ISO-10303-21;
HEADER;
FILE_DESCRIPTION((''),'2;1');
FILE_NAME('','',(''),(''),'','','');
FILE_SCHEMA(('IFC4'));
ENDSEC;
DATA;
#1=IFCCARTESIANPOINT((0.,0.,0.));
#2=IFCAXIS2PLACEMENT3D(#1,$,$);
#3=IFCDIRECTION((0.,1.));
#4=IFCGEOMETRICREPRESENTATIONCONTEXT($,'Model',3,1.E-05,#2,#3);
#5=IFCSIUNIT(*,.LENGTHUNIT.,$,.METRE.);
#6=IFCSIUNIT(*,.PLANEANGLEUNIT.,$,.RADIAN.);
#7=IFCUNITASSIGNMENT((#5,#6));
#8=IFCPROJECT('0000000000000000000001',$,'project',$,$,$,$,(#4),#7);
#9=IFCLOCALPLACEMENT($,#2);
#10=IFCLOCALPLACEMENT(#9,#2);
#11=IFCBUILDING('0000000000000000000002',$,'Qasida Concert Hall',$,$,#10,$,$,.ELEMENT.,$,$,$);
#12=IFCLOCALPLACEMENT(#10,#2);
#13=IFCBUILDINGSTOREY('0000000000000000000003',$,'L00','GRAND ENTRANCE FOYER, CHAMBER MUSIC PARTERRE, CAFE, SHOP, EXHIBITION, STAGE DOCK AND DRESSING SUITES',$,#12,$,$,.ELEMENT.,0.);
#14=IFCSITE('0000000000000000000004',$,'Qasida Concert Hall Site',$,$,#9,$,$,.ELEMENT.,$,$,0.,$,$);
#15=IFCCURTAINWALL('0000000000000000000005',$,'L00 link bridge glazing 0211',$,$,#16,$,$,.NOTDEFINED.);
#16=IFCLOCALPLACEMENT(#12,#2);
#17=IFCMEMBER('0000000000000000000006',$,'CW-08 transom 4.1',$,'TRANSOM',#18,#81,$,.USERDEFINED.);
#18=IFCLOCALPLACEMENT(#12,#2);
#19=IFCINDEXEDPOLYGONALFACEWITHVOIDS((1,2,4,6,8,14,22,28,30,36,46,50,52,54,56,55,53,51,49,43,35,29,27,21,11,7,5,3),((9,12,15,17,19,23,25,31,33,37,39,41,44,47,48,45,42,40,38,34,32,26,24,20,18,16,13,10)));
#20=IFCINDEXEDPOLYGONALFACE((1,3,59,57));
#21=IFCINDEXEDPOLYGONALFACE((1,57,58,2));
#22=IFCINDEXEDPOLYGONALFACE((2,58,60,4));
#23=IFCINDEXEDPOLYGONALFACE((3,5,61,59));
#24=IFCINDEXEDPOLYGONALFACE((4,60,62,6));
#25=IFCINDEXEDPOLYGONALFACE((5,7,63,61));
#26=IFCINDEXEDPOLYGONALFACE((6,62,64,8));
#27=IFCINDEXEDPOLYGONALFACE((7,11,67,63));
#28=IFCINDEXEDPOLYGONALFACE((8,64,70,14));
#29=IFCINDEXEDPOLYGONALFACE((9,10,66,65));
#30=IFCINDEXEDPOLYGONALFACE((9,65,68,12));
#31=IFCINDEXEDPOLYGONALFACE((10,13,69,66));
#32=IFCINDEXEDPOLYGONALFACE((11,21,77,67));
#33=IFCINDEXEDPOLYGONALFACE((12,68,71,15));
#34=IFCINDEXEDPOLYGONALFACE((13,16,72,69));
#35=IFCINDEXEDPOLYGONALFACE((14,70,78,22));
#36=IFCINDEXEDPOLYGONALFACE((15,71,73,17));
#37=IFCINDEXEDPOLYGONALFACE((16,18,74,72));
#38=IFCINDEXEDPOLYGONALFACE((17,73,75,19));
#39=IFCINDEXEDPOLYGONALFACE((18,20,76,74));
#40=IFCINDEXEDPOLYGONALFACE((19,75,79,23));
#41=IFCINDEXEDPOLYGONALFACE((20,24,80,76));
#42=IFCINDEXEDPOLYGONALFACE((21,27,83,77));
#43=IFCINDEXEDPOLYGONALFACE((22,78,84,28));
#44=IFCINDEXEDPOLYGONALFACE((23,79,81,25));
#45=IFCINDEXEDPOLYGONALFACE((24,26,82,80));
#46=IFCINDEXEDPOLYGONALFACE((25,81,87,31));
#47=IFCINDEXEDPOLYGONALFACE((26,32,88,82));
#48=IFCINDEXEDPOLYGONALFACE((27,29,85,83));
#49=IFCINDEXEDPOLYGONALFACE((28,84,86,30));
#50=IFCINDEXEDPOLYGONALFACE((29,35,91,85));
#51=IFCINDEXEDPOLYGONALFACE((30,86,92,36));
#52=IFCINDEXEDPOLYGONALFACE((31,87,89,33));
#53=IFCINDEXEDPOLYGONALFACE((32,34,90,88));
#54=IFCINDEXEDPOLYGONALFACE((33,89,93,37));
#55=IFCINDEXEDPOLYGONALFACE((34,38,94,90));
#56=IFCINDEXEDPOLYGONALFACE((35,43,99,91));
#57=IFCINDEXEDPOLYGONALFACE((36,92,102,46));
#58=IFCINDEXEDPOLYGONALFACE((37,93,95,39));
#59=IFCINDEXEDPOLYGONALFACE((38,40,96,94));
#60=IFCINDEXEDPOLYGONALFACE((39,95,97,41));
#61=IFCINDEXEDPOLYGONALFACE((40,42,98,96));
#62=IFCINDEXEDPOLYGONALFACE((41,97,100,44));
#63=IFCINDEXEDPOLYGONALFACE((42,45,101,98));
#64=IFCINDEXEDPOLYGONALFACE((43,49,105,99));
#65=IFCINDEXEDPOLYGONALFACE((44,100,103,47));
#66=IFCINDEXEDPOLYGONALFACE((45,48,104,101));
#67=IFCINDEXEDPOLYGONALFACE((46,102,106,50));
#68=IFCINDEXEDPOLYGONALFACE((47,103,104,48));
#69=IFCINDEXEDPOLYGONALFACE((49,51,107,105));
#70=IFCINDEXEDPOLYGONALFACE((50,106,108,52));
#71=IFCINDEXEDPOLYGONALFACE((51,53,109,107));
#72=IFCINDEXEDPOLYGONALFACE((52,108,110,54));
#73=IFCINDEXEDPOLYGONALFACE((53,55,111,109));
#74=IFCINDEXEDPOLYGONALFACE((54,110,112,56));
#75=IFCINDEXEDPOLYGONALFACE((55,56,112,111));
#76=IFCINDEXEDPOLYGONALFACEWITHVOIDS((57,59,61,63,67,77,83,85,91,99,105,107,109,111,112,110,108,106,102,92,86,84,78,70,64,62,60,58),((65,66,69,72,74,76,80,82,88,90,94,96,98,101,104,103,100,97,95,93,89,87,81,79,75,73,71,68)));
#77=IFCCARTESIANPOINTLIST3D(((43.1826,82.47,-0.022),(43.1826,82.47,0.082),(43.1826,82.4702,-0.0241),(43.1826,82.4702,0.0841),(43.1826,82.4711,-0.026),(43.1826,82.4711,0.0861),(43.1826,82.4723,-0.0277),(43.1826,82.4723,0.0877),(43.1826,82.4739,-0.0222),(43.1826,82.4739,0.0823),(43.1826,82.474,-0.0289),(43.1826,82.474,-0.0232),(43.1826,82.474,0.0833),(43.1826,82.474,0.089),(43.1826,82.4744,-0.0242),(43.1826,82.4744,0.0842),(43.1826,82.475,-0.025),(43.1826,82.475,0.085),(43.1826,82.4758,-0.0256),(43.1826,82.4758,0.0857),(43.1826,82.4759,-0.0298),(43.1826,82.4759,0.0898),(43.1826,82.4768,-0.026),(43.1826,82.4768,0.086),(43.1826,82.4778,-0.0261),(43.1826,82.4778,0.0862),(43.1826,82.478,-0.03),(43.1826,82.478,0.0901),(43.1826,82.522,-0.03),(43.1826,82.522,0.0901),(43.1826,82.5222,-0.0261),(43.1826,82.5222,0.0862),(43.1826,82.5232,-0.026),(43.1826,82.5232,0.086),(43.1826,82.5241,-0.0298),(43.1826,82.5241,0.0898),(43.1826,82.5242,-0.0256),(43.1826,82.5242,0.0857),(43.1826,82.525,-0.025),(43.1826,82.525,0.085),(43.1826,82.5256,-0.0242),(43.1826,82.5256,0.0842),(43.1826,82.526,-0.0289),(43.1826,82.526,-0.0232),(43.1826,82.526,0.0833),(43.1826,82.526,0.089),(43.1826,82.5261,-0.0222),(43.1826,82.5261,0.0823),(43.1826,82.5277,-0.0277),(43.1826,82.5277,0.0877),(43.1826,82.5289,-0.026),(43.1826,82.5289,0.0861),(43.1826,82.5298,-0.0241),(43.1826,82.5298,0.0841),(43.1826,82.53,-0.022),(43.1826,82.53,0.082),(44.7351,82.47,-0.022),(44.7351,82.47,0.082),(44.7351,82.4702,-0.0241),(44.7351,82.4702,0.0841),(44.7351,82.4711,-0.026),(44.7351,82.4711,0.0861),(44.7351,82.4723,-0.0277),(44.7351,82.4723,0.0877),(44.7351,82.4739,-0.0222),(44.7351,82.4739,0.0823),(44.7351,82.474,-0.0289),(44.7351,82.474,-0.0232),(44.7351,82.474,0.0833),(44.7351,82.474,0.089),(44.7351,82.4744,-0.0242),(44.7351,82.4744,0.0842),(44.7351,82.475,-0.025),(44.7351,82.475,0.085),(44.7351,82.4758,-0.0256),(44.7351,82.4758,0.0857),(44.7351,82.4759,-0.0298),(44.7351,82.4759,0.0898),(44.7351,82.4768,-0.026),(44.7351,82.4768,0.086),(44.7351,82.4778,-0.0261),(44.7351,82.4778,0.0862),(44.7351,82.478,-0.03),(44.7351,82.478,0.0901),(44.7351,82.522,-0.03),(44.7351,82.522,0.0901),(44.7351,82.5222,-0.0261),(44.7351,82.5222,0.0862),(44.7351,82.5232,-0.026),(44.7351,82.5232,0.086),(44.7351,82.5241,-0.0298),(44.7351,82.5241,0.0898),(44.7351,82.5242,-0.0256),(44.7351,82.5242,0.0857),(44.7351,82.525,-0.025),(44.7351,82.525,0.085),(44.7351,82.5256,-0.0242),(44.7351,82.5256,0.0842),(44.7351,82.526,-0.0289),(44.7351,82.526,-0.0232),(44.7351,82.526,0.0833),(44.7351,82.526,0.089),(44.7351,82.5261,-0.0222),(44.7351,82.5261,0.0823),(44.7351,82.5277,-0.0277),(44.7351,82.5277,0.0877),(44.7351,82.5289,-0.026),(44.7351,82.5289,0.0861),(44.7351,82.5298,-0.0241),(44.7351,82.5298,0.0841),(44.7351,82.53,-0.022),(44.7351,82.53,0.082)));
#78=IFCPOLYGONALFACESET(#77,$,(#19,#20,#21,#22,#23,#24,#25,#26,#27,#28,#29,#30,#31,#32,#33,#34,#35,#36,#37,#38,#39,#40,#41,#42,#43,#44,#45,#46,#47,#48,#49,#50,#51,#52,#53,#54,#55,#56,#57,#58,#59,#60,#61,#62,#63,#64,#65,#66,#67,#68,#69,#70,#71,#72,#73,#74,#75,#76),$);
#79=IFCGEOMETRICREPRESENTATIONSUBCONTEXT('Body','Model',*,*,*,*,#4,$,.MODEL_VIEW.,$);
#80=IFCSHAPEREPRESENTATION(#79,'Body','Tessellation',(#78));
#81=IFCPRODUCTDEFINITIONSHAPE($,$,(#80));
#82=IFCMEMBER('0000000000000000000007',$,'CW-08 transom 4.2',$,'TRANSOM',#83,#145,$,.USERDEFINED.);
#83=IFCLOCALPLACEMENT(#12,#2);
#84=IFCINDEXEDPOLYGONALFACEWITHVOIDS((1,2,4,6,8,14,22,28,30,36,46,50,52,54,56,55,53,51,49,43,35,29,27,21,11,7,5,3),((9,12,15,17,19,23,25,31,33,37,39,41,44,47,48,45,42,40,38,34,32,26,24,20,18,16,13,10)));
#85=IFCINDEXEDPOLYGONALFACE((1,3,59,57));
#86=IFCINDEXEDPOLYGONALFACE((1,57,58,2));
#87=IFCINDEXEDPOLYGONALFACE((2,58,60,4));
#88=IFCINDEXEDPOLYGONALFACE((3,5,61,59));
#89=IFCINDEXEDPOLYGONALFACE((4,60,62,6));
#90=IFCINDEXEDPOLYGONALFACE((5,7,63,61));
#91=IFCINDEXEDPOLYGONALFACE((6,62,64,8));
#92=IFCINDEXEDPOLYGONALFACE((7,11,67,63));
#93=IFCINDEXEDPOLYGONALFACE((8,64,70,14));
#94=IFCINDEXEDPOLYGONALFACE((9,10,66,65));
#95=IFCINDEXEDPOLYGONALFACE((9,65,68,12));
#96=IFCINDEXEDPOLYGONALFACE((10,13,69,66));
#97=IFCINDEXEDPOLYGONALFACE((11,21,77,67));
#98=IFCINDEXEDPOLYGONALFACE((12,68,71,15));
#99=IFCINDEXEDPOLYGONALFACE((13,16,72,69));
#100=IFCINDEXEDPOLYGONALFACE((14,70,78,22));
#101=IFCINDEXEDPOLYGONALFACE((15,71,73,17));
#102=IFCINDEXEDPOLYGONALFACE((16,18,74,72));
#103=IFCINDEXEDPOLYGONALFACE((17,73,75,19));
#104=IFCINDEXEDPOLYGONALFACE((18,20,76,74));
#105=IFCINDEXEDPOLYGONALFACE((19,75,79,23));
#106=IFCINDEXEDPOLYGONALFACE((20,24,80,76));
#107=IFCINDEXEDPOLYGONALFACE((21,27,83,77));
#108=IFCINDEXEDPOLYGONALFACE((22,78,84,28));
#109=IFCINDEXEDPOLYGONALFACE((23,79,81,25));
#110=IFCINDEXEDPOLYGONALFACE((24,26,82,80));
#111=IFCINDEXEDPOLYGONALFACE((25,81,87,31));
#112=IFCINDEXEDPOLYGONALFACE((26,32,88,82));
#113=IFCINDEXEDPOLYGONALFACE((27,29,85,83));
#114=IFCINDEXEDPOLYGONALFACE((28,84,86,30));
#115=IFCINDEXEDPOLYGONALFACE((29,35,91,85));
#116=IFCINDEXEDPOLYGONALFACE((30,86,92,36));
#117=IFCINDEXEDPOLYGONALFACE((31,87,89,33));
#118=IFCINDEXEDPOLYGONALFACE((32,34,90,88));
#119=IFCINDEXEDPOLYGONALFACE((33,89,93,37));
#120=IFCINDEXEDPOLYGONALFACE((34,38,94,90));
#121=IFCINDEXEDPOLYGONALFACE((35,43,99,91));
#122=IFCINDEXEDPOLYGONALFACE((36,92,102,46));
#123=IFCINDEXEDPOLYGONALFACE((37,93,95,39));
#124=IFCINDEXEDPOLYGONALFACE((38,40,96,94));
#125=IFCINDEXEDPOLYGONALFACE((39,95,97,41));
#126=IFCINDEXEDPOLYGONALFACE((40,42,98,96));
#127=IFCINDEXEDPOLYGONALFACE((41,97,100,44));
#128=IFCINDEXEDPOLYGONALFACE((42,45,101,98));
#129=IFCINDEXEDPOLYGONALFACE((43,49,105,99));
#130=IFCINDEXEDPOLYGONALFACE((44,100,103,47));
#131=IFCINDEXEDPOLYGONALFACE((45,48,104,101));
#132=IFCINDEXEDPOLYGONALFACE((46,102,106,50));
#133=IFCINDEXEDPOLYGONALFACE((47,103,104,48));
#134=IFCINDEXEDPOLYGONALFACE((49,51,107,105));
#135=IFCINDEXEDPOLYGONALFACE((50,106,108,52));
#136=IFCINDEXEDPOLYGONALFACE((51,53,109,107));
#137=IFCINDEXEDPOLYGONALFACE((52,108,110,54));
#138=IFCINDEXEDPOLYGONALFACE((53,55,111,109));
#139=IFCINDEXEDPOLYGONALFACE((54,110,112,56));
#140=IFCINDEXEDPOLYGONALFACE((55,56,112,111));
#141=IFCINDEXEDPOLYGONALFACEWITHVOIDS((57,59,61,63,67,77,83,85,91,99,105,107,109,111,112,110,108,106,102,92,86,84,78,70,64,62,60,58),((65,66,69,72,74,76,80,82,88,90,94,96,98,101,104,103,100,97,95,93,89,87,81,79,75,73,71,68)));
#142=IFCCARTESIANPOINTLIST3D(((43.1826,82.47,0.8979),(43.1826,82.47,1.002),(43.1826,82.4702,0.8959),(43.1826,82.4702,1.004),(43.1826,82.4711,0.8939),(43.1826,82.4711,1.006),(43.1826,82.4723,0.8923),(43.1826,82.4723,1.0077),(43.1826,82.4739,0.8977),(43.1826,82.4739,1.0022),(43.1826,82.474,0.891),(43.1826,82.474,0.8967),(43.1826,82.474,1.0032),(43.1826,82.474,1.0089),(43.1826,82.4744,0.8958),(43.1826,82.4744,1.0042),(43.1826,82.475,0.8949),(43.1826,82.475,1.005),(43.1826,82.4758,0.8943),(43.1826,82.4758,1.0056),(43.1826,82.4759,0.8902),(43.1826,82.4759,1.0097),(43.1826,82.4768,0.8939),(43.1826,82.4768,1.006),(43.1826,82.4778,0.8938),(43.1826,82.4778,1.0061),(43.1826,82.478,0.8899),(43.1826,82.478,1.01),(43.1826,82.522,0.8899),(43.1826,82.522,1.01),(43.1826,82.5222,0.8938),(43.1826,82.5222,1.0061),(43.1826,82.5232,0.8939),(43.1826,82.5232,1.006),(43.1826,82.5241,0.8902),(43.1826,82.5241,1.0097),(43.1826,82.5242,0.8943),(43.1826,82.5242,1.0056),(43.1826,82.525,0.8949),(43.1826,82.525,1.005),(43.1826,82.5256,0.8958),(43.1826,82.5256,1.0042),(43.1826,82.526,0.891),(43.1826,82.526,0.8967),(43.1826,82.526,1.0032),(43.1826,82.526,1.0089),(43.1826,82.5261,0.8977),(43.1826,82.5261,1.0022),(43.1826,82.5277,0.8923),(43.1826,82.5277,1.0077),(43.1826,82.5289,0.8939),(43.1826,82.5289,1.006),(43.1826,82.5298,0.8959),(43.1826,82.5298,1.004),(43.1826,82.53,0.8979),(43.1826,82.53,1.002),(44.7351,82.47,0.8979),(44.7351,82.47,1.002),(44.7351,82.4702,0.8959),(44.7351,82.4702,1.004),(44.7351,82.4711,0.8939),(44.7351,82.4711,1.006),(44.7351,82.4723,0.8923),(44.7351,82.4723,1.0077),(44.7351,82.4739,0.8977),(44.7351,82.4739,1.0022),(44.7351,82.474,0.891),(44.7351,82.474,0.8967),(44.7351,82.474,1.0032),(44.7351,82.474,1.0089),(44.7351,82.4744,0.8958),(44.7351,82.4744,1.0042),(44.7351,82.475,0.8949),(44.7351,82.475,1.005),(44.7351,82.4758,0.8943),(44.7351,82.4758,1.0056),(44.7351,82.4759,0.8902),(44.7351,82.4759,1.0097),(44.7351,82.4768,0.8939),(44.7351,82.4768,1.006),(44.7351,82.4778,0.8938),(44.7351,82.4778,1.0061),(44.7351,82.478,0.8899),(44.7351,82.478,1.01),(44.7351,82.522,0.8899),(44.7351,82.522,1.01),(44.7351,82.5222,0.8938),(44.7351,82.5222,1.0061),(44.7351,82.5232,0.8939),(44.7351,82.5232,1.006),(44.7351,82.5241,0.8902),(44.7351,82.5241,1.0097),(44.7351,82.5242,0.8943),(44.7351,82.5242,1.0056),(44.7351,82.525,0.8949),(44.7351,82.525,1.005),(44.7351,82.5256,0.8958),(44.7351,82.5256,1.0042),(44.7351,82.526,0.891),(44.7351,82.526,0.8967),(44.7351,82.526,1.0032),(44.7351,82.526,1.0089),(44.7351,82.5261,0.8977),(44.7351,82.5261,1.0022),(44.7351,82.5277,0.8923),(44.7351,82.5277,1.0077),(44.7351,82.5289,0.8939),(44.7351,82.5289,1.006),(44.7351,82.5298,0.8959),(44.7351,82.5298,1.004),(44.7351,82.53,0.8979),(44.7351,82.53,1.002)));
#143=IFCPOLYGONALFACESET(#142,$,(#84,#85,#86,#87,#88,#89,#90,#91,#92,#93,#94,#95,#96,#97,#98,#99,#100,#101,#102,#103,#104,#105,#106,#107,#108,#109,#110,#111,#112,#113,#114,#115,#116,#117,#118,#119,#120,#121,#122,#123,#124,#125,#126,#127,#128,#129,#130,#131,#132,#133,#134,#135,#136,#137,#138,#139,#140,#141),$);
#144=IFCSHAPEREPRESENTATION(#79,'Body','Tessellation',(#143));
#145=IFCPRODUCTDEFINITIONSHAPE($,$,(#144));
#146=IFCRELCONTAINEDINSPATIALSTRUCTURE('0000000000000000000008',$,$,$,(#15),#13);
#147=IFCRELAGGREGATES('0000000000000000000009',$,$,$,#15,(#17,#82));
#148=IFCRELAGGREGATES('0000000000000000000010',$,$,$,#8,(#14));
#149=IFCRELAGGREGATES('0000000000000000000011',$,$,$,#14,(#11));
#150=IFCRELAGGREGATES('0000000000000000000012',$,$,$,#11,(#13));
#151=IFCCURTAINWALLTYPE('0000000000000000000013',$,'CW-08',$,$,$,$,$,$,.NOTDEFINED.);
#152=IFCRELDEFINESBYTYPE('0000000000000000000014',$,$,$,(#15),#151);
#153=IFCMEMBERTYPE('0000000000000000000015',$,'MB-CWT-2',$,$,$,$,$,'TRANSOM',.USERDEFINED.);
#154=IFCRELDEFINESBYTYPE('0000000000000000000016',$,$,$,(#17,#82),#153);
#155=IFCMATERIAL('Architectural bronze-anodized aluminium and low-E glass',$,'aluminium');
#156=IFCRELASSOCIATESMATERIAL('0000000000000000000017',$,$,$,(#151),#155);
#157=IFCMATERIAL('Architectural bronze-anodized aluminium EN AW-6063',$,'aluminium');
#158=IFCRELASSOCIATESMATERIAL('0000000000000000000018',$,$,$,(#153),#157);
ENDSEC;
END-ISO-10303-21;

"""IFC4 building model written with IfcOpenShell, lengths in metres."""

from ifc_helpers import new_model, si_unit, direction, frame, origin, origin_2d, place, context, subcontext, project, spatial, hollow_rectangle, extrude, material, material_profile, profile_set, type_object, element, aggregate, save


model = new_model("IFC4")

# Units and contexts
model_context = context("Model", 3, precision=1e-05, world=origin(), true_north=direction((0.0, 1.0)))
body_context = subcontext(model_context, "Body", "Model", "MODEL_VIEW")
ifc_project = project(units=[si_unit("LENGTHUNIT", "METRE"), si_unit("PLANEANGLEUNIT", "RADIAN")], contexts=[model_context])

# Site, building, storey
site_placement = place(None, origin())
site = spatial("IfcSite", under=ifc_project, at=site_placement, Name="Qasida Concert Hall Site", CompositionType="ELEMENT", RefElevation=0.0)
building_placement = place(site_placement, origin())
building = spatial("IfcBuilding", under=site, at=building_placement, Name="Qasida Concert Hall", CompositionType="ELEMENT")
storey_placement = place(building_placement, origin())
storey = spatial("IfcBuildingStorey", under=building, at=storey_placement, Name="L00", Description="GRAND ENTRANCE FOYER, CHAMBER MUSIC PARTERRE, CAFE, SHOP, EXHIBITION, STAGE DOCK AND DRESSING SUITES", CompositionType="ELEMENT", Elevation=0.0)

# Curtain wall
ifc_material_1 = material(Name="Architectural bronze-anodized aluminium and low-E glass", Category="aluminium")
curtain_wall_type = type_object("IfcCurtainWallType", Name="CW-08", PredefinedType="NOTDEFINED", material=ifc_material_1)
curtain_wall_1_placement = place(storey_placement, origin())
curtain_wall_1 = element("IfcCurtainWall", 1, at=curtain_wall_1_placement, inside=storey, type_object=curtain_wall_type, Name="L00 link bridge glazing 0211", PredefinedType="NOTDEFINED")
ifc_material_2 = material(Name="Architectural bronze-anodized aluminium EN AW-6063", Category="aluminium")

# Members
ifc_material_profile_1 = material_profile(ifc_material_2, hollow_rectangle(XDim=0.0601, YDim=0.1201, WallThickness=0.0039, InnerFilletRadius=0.0039, OuterFilletRadius=0.0081, at=origin_2d()), Name="CWT 120x60x4")
ifc_profile_set_1 = profile_set([ifc_material_profile_1], Name="Architectural bronze-anodized aluminium EN AW-6063")
member_type_1 = type_object("IfcMemberType", Name="MB-CWT-2", ElementType="TRANSOM", PredefinedType="USERDEFINED", material=ifc_profile_set_1)
member_1_placement = place(storey_placement, frame((43.1826, 82.5, 0.03), z_axis=(1.0, 0.0, 0.0), x_axis=(0.0, 1.0, 0.0)))
member_1 = element("IfcMember", 2, at=member_1_placement, type_object=member_type_1, Name="CW-08 transom 4.1", ObjectType="TRANSOM", PredefinedType="USERDEFINED", context=body_context, shape_type="SweptSolid", body=[
    extrude(hollow_rectangle(XDim=0.0601, YDim=0.1201, WallThickness=0.0039, InnerFilletRadius=0.0039, OuterFilletRadius=0.0081, at=origin_2d()), origin(), (0.0, 0.0, 1.0), 1.5525),
])
member_2_placement = place(storey_placement, frame((43.1826, 82.5, 0.95), z_axis=(1.0, 0.0, 0.0), x_axis=(0.0, 1.0, 0.0)))
member_2 = element("IfcMember", 3, at=member_2_placement, type_object=member_type_1, Name="CW-08 transom 4.2", ObjectType="TRANSOM", PredefinedType="USERDEFINED", context=body_context, shape_type="SweptSolid", body=[
    extrude(hollow_rectangle(XDim=0.0601, YDim=0.1201, WallThickness=0.0039, InnerFilletRadius=0.0039, OuterFilletRadius=0.0081, at=origin_2d()), origin(), (0.0, 0.0, 1.0), 1.5525),
])

aggregate(curtain_wall_1, [member_1, member_2])

save(model, "model.ifc")
